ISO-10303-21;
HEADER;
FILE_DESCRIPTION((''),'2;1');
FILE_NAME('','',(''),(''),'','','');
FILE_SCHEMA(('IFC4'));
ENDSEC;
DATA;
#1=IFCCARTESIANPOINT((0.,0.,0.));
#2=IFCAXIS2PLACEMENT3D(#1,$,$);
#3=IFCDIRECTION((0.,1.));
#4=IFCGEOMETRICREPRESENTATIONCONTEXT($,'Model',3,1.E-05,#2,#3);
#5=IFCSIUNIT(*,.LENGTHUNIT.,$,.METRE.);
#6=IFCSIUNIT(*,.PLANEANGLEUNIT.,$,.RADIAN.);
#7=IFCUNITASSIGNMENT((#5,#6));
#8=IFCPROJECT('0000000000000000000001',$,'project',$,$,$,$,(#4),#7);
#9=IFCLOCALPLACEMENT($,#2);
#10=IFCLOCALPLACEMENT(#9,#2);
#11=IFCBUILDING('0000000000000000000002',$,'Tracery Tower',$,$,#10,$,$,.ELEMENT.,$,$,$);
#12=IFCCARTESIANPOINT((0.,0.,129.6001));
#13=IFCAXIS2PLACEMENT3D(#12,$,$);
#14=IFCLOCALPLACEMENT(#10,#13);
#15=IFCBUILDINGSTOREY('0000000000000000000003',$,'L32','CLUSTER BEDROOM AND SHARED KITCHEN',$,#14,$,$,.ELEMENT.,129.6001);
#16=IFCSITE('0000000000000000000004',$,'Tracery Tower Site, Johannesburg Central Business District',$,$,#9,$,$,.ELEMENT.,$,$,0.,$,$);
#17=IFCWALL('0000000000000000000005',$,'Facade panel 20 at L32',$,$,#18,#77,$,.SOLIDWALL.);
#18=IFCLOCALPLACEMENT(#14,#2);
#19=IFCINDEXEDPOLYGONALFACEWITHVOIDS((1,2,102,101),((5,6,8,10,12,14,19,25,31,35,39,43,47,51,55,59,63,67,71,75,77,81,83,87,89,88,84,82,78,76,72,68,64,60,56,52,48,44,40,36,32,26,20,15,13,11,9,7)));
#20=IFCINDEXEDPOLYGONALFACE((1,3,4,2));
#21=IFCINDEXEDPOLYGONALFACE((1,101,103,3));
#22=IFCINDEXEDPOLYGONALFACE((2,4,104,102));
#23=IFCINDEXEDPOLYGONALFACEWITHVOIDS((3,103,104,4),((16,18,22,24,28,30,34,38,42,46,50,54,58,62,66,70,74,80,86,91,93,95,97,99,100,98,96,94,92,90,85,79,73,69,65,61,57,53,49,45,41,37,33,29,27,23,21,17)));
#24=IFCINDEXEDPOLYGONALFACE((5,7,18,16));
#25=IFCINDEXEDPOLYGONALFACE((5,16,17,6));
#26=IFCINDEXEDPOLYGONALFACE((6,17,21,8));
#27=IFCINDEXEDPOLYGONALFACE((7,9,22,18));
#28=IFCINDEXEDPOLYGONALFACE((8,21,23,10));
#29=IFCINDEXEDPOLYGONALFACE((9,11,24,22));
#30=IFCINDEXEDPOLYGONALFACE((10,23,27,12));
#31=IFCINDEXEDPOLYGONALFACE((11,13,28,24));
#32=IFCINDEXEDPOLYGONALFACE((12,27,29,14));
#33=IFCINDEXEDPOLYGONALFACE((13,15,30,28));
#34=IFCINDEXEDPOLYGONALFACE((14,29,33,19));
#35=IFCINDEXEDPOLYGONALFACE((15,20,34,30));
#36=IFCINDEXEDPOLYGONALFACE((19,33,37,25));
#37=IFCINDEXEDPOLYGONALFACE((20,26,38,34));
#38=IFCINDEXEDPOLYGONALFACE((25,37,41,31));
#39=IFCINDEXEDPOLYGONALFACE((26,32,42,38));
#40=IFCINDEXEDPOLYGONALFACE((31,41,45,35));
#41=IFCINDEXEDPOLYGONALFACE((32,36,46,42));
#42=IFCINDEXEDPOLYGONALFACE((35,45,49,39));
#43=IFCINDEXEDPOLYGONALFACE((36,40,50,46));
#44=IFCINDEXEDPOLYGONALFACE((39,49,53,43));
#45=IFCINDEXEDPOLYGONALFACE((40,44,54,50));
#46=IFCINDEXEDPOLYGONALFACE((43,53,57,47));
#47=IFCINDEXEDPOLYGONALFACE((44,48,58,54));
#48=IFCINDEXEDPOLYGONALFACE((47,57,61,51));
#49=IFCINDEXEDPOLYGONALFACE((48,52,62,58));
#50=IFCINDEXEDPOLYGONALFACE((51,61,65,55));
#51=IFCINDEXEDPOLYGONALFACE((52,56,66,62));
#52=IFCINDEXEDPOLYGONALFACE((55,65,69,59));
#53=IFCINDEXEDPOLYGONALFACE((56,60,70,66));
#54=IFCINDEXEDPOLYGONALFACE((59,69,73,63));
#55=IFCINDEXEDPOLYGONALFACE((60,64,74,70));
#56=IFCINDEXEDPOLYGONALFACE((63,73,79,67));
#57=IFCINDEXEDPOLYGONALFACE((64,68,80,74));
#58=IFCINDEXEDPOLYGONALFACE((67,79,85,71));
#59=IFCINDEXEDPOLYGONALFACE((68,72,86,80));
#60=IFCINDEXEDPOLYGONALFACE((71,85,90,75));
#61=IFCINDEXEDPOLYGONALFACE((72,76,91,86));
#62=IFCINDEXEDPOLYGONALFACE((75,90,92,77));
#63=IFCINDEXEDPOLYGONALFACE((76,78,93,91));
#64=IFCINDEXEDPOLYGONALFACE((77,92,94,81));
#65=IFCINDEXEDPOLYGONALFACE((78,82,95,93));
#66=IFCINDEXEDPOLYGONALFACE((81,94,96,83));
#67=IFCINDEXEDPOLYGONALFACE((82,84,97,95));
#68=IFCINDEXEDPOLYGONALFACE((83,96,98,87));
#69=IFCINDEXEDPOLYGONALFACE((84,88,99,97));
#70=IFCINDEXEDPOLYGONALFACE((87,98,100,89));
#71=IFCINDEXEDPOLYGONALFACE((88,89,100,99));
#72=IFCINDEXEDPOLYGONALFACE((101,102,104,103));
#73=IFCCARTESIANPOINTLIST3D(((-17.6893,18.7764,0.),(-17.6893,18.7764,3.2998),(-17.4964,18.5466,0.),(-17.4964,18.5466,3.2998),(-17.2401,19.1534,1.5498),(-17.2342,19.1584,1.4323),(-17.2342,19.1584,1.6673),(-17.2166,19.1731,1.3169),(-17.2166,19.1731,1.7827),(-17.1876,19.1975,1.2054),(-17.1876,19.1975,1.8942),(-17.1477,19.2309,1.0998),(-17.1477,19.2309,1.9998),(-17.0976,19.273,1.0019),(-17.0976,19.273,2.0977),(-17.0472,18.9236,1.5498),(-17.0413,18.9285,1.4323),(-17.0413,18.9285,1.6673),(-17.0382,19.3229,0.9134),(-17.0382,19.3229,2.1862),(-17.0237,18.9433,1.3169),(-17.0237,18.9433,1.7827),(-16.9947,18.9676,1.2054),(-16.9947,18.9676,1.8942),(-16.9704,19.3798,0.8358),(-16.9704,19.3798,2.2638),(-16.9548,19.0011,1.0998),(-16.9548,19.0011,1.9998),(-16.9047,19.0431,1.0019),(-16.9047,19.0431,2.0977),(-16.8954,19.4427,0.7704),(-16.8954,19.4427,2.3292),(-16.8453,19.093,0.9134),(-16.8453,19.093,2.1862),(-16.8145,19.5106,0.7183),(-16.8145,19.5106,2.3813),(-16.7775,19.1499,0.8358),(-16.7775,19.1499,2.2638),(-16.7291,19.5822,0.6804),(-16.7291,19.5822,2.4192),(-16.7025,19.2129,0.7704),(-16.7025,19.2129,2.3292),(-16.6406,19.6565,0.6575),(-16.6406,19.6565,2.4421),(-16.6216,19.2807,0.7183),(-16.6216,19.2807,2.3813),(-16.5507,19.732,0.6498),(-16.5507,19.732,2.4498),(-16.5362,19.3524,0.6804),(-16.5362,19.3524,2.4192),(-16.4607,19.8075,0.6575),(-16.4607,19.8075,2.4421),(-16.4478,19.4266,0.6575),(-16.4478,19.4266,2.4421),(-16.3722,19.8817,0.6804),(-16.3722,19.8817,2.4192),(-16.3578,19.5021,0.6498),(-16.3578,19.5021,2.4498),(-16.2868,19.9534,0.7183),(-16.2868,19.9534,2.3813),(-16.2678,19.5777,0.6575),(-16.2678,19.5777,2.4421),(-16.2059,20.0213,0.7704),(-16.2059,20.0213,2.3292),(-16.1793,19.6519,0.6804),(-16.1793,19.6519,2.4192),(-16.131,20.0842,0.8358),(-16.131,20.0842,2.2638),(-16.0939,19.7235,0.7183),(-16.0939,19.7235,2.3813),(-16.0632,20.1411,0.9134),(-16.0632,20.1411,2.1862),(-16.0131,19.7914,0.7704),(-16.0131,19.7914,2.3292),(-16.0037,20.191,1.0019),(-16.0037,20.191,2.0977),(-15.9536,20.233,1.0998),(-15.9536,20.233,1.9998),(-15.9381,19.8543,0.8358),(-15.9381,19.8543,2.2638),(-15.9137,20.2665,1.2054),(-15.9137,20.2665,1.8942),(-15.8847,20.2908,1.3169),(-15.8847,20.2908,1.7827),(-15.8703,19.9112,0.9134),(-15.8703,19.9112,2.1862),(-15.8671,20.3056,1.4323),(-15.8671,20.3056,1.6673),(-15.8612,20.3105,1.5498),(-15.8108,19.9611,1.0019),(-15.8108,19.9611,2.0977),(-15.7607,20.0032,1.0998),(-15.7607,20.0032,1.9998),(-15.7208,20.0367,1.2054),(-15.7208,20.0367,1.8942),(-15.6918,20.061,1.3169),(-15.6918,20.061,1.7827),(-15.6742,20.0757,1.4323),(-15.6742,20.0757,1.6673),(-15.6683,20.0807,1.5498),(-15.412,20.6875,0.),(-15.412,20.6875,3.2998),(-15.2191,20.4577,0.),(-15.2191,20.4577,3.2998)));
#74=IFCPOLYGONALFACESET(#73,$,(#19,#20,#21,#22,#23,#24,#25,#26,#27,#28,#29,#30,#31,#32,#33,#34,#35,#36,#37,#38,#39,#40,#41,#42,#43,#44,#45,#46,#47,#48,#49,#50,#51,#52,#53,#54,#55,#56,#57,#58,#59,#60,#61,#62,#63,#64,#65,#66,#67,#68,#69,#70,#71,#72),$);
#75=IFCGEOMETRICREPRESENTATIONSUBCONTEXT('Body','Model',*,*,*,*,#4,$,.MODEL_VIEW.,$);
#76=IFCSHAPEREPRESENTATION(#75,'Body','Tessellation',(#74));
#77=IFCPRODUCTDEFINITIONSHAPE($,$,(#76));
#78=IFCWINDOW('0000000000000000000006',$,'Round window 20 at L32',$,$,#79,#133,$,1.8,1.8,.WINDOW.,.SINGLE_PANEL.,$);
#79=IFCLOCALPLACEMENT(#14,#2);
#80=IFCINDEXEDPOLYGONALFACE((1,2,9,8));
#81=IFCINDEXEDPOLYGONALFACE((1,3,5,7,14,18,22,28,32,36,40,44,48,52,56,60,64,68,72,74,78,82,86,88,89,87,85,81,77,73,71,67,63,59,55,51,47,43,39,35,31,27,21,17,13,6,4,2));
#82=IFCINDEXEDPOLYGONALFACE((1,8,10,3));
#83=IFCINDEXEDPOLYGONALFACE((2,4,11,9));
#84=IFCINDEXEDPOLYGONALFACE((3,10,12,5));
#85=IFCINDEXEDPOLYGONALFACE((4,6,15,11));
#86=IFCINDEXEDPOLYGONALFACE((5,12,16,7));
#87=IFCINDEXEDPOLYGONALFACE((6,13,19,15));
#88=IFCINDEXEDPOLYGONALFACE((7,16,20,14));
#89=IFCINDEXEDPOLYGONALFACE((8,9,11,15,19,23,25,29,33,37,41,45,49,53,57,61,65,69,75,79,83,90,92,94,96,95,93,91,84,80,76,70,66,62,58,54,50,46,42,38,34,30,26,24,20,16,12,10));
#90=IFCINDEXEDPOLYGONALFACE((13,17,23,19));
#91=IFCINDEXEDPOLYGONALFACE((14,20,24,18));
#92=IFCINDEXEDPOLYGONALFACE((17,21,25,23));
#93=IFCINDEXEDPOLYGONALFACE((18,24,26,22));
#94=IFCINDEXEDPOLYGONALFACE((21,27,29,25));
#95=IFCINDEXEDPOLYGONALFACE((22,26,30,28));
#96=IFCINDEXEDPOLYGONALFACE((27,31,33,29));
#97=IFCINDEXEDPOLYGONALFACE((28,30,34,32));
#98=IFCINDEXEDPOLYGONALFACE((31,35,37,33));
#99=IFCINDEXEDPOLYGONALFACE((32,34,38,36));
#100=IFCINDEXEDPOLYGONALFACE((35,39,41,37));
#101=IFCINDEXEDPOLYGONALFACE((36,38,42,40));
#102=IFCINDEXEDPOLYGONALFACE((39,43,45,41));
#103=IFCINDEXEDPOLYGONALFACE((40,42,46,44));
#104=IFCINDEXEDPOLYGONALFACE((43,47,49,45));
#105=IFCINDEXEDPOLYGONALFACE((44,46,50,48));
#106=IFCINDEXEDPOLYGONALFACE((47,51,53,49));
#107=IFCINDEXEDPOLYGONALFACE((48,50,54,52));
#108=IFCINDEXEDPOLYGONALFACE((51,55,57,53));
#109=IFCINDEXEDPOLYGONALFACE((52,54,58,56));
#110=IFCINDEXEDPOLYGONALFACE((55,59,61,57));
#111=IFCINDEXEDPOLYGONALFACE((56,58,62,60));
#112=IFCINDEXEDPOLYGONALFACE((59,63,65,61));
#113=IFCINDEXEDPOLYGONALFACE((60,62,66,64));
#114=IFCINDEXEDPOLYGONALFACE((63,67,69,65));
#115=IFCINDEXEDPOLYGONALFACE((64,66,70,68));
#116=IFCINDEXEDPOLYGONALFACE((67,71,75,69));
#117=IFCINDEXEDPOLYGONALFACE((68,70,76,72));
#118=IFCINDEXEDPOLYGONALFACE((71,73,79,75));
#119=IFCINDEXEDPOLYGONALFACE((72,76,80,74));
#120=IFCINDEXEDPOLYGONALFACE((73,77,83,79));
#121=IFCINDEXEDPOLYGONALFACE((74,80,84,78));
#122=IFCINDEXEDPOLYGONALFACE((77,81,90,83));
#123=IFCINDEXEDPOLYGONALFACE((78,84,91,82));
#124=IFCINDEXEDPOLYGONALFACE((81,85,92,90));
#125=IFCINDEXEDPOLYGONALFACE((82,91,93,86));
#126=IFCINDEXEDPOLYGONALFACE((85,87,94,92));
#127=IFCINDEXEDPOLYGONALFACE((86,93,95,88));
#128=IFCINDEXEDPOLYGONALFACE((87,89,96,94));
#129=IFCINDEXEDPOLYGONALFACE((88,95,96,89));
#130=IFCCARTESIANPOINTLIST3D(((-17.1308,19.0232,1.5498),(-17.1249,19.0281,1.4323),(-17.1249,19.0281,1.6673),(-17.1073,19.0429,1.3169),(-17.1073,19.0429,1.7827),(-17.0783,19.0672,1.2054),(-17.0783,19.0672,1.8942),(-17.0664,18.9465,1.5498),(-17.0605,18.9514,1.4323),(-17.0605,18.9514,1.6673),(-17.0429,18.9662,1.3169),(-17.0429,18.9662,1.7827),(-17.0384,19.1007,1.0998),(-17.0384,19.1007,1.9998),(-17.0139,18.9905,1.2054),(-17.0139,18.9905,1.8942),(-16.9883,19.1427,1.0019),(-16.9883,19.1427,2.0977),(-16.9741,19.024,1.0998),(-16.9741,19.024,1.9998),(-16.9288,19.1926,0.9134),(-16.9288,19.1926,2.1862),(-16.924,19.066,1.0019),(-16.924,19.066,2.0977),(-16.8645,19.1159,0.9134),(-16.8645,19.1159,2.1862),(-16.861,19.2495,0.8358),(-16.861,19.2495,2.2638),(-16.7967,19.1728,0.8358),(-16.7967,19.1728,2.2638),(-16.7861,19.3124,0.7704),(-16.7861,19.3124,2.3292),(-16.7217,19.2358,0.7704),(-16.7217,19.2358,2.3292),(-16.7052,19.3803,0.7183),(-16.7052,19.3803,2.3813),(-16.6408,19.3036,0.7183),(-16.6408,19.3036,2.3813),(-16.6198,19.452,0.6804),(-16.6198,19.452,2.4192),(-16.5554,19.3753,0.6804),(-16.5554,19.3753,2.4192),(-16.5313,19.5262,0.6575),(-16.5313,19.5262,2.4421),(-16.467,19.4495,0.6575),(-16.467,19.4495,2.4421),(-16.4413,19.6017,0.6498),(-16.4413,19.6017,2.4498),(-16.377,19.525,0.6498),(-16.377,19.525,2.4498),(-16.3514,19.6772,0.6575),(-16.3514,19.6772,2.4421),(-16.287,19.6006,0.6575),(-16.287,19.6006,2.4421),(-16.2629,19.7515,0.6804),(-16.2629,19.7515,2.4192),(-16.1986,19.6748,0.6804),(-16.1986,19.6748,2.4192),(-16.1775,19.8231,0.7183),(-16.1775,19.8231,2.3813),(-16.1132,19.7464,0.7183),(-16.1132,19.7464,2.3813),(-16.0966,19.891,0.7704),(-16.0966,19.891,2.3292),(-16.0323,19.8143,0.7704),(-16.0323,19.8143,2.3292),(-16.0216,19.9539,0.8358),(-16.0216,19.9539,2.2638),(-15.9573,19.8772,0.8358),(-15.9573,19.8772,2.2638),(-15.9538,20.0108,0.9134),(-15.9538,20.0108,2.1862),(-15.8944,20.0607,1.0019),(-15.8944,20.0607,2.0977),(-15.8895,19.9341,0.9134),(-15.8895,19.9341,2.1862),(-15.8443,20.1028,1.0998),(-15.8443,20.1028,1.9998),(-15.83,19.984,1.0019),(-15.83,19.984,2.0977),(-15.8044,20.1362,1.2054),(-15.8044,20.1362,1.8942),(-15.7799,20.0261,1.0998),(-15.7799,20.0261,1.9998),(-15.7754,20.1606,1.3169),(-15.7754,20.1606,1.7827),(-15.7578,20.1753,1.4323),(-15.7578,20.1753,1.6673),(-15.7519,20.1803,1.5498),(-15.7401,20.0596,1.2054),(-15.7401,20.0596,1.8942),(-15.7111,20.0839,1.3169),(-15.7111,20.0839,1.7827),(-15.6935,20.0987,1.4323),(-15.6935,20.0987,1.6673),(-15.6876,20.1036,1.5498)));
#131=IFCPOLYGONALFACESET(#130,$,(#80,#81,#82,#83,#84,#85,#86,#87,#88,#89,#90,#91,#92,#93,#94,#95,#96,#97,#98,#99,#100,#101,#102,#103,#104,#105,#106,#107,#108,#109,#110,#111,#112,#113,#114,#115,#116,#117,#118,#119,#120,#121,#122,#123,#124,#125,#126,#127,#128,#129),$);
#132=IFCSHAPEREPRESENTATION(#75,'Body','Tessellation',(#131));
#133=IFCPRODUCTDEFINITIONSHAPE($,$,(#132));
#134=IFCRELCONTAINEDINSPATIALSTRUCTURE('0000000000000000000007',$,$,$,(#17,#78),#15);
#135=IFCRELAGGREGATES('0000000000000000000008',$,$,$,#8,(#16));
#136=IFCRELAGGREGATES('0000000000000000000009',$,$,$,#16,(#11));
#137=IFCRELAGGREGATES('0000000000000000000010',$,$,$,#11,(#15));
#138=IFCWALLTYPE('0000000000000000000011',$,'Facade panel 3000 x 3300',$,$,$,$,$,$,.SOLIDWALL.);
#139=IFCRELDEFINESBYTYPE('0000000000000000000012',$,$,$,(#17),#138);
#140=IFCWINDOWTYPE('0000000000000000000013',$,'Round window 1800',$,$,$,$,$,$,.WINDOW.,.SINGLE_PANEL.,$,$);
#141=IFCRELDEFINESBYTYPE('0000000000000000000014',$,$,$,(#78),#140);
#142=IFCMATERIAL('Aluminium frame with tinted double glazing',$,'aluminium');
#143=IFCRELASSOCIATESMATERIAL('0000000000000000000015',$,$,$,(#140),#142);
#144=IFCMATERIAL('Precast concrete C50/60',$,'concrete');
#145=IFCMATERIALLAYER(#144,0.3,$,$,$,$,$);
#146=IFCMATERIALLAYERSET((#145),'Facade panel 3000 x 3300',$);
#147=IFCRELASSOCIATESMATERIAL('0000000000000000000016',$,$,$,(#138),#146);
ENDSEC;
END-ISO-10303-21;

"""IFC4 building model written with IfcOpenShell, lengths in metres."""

from ifc_helpers import new_model, si_unit, direction, frame, frame_2d, origin, origin_2d, place, context, subcontext, project, spatial, rectangle, circle, extrude, material, layer, layer_set, type_object, element, fill, save


model = new_model("IFC4")

# Units and contexts
model_context = context("Model", 3, precision=1e-05, world=origin(), true_north=direction((0.0, 1.0)))
body_context = subcontext(model_context, "Body", "Model", "MODEL_VIEW")
ifc_project = project(units=[si_unit("LENGTHUNIT", "METRE"), si_unit("PLANEANGLEUNIT", "RADIAN")], contexts=[model_context])

# Site, building, storey
site_placement = place(None, origin())
site = spatial("IfcSite", under=ifc_project, at=site_placement, Name="Tracery Tower Site, Johannesburg Central Business District", CompositionType="ELEMENT", RefElevation=0.0)
building_placement = place(site_placement, origin())
building = spatial("IfcBuilding", under=site, at=building_placement, Name="Tracery Tower", CompositionType="ELEMENT")
storey_placement = place(building_placement, frame((0.0, 0.0, 129.6001)))
storey = spatial("IfcBuildingStorey", under=building, at=storey_placement, Name="L32", Description="CLUSTER BEDROOM AND SHARED KITCHEN", CompositionType="ELEMENT", Elevation=129.6001)

# Wall, opening, window
ifc_material_1 = material(Name="Aluminium frame with tinted double glazing", Category="aluminium")
window_type = type_object("IfcWindowType", Name="Round window 1800", PartitioningType="SINGLE_PANEL", PredefinedType="WINDOW", material=ifc_material_1)
ifc_material_2 = material(Name="Precast concrete C50/60", Category="concrete")
ifc_layer_1 = layer(ifc_material_2, 0.3)
ifc_layer_set_1 = layer_set([ifc_layer_1], Name="Facade panel 3000 x 3300")
wall_type_1 = type_object("IfcWallType", Name="Facade panel 3000 x 3300", PredefinedType="SOLIDWALL", material=ifc_layer_set_1)
wall_1_placement = place(storey_placement, frame((-15.3157, 20.5725, 0.0), z_axis=(0.0, 0.0, 1.0), x_axis=(-0.766009, -0.64283, 0.0)))
wall_1 = element("IfcWall", 1, at=wall_1_placement, inside=storey, type_object=wall_type_1, Name="Facade panel 20 at L32", PredefinedType="SOLIDWALL", context=body_context, shape_type="SweptSolid", body=[
    extrude(rectangle(XDim=2.9729, YDim=0.3, at=frame_2d((1.4863, 0.0))), origin(), (0.0, 0.0, 1.0), 3.2998),
])
opening_1_placement = place(wall_1_placement, frame((1.4863, 0.0, 1.5498)))
opening_1 = element("IfcOpeningElement", 2, at=opening_1_placement, cuts=wall_1, PredefinedType="OPENING", context=body_context, shape_type="SweptSolid", body=[
    extrude(circle(Radius=0.9, at=origin_2d()), frame((0.0, 0.1599, 0.0), z_axis=(0.0, -1.0, 0.0), x_axis=(1.0, 0.0, 0.0)), (0.0, 0.0, 1.0), 0.3201),
])
window_1_placement = place(opening_1_placement, origin())
window_1 = element("IfcWindow", 3, at=window_1_placement, inside=storey, type_object=window_type, Name="Round window 20 at L32", OverallHeight=1.8, OverallWidth=1.8, PartitioningType="SINGLE_PANEL", PredefinedType="WINDOW", context=body_context, shape_type="SweptSolid", body=[
    extrude(circle(Radius=0.9, at=origin_2d()), frame((0.0, 0.1201, 0.0), z_axis=(0.0, -1.0, 0.0), x_axis=(1.0, 0.0, 0.0)), (0.0, 0.0, 1.0), 0.1001),
])
fill(opening_1, window_1)

save(model, "model.ifc")
